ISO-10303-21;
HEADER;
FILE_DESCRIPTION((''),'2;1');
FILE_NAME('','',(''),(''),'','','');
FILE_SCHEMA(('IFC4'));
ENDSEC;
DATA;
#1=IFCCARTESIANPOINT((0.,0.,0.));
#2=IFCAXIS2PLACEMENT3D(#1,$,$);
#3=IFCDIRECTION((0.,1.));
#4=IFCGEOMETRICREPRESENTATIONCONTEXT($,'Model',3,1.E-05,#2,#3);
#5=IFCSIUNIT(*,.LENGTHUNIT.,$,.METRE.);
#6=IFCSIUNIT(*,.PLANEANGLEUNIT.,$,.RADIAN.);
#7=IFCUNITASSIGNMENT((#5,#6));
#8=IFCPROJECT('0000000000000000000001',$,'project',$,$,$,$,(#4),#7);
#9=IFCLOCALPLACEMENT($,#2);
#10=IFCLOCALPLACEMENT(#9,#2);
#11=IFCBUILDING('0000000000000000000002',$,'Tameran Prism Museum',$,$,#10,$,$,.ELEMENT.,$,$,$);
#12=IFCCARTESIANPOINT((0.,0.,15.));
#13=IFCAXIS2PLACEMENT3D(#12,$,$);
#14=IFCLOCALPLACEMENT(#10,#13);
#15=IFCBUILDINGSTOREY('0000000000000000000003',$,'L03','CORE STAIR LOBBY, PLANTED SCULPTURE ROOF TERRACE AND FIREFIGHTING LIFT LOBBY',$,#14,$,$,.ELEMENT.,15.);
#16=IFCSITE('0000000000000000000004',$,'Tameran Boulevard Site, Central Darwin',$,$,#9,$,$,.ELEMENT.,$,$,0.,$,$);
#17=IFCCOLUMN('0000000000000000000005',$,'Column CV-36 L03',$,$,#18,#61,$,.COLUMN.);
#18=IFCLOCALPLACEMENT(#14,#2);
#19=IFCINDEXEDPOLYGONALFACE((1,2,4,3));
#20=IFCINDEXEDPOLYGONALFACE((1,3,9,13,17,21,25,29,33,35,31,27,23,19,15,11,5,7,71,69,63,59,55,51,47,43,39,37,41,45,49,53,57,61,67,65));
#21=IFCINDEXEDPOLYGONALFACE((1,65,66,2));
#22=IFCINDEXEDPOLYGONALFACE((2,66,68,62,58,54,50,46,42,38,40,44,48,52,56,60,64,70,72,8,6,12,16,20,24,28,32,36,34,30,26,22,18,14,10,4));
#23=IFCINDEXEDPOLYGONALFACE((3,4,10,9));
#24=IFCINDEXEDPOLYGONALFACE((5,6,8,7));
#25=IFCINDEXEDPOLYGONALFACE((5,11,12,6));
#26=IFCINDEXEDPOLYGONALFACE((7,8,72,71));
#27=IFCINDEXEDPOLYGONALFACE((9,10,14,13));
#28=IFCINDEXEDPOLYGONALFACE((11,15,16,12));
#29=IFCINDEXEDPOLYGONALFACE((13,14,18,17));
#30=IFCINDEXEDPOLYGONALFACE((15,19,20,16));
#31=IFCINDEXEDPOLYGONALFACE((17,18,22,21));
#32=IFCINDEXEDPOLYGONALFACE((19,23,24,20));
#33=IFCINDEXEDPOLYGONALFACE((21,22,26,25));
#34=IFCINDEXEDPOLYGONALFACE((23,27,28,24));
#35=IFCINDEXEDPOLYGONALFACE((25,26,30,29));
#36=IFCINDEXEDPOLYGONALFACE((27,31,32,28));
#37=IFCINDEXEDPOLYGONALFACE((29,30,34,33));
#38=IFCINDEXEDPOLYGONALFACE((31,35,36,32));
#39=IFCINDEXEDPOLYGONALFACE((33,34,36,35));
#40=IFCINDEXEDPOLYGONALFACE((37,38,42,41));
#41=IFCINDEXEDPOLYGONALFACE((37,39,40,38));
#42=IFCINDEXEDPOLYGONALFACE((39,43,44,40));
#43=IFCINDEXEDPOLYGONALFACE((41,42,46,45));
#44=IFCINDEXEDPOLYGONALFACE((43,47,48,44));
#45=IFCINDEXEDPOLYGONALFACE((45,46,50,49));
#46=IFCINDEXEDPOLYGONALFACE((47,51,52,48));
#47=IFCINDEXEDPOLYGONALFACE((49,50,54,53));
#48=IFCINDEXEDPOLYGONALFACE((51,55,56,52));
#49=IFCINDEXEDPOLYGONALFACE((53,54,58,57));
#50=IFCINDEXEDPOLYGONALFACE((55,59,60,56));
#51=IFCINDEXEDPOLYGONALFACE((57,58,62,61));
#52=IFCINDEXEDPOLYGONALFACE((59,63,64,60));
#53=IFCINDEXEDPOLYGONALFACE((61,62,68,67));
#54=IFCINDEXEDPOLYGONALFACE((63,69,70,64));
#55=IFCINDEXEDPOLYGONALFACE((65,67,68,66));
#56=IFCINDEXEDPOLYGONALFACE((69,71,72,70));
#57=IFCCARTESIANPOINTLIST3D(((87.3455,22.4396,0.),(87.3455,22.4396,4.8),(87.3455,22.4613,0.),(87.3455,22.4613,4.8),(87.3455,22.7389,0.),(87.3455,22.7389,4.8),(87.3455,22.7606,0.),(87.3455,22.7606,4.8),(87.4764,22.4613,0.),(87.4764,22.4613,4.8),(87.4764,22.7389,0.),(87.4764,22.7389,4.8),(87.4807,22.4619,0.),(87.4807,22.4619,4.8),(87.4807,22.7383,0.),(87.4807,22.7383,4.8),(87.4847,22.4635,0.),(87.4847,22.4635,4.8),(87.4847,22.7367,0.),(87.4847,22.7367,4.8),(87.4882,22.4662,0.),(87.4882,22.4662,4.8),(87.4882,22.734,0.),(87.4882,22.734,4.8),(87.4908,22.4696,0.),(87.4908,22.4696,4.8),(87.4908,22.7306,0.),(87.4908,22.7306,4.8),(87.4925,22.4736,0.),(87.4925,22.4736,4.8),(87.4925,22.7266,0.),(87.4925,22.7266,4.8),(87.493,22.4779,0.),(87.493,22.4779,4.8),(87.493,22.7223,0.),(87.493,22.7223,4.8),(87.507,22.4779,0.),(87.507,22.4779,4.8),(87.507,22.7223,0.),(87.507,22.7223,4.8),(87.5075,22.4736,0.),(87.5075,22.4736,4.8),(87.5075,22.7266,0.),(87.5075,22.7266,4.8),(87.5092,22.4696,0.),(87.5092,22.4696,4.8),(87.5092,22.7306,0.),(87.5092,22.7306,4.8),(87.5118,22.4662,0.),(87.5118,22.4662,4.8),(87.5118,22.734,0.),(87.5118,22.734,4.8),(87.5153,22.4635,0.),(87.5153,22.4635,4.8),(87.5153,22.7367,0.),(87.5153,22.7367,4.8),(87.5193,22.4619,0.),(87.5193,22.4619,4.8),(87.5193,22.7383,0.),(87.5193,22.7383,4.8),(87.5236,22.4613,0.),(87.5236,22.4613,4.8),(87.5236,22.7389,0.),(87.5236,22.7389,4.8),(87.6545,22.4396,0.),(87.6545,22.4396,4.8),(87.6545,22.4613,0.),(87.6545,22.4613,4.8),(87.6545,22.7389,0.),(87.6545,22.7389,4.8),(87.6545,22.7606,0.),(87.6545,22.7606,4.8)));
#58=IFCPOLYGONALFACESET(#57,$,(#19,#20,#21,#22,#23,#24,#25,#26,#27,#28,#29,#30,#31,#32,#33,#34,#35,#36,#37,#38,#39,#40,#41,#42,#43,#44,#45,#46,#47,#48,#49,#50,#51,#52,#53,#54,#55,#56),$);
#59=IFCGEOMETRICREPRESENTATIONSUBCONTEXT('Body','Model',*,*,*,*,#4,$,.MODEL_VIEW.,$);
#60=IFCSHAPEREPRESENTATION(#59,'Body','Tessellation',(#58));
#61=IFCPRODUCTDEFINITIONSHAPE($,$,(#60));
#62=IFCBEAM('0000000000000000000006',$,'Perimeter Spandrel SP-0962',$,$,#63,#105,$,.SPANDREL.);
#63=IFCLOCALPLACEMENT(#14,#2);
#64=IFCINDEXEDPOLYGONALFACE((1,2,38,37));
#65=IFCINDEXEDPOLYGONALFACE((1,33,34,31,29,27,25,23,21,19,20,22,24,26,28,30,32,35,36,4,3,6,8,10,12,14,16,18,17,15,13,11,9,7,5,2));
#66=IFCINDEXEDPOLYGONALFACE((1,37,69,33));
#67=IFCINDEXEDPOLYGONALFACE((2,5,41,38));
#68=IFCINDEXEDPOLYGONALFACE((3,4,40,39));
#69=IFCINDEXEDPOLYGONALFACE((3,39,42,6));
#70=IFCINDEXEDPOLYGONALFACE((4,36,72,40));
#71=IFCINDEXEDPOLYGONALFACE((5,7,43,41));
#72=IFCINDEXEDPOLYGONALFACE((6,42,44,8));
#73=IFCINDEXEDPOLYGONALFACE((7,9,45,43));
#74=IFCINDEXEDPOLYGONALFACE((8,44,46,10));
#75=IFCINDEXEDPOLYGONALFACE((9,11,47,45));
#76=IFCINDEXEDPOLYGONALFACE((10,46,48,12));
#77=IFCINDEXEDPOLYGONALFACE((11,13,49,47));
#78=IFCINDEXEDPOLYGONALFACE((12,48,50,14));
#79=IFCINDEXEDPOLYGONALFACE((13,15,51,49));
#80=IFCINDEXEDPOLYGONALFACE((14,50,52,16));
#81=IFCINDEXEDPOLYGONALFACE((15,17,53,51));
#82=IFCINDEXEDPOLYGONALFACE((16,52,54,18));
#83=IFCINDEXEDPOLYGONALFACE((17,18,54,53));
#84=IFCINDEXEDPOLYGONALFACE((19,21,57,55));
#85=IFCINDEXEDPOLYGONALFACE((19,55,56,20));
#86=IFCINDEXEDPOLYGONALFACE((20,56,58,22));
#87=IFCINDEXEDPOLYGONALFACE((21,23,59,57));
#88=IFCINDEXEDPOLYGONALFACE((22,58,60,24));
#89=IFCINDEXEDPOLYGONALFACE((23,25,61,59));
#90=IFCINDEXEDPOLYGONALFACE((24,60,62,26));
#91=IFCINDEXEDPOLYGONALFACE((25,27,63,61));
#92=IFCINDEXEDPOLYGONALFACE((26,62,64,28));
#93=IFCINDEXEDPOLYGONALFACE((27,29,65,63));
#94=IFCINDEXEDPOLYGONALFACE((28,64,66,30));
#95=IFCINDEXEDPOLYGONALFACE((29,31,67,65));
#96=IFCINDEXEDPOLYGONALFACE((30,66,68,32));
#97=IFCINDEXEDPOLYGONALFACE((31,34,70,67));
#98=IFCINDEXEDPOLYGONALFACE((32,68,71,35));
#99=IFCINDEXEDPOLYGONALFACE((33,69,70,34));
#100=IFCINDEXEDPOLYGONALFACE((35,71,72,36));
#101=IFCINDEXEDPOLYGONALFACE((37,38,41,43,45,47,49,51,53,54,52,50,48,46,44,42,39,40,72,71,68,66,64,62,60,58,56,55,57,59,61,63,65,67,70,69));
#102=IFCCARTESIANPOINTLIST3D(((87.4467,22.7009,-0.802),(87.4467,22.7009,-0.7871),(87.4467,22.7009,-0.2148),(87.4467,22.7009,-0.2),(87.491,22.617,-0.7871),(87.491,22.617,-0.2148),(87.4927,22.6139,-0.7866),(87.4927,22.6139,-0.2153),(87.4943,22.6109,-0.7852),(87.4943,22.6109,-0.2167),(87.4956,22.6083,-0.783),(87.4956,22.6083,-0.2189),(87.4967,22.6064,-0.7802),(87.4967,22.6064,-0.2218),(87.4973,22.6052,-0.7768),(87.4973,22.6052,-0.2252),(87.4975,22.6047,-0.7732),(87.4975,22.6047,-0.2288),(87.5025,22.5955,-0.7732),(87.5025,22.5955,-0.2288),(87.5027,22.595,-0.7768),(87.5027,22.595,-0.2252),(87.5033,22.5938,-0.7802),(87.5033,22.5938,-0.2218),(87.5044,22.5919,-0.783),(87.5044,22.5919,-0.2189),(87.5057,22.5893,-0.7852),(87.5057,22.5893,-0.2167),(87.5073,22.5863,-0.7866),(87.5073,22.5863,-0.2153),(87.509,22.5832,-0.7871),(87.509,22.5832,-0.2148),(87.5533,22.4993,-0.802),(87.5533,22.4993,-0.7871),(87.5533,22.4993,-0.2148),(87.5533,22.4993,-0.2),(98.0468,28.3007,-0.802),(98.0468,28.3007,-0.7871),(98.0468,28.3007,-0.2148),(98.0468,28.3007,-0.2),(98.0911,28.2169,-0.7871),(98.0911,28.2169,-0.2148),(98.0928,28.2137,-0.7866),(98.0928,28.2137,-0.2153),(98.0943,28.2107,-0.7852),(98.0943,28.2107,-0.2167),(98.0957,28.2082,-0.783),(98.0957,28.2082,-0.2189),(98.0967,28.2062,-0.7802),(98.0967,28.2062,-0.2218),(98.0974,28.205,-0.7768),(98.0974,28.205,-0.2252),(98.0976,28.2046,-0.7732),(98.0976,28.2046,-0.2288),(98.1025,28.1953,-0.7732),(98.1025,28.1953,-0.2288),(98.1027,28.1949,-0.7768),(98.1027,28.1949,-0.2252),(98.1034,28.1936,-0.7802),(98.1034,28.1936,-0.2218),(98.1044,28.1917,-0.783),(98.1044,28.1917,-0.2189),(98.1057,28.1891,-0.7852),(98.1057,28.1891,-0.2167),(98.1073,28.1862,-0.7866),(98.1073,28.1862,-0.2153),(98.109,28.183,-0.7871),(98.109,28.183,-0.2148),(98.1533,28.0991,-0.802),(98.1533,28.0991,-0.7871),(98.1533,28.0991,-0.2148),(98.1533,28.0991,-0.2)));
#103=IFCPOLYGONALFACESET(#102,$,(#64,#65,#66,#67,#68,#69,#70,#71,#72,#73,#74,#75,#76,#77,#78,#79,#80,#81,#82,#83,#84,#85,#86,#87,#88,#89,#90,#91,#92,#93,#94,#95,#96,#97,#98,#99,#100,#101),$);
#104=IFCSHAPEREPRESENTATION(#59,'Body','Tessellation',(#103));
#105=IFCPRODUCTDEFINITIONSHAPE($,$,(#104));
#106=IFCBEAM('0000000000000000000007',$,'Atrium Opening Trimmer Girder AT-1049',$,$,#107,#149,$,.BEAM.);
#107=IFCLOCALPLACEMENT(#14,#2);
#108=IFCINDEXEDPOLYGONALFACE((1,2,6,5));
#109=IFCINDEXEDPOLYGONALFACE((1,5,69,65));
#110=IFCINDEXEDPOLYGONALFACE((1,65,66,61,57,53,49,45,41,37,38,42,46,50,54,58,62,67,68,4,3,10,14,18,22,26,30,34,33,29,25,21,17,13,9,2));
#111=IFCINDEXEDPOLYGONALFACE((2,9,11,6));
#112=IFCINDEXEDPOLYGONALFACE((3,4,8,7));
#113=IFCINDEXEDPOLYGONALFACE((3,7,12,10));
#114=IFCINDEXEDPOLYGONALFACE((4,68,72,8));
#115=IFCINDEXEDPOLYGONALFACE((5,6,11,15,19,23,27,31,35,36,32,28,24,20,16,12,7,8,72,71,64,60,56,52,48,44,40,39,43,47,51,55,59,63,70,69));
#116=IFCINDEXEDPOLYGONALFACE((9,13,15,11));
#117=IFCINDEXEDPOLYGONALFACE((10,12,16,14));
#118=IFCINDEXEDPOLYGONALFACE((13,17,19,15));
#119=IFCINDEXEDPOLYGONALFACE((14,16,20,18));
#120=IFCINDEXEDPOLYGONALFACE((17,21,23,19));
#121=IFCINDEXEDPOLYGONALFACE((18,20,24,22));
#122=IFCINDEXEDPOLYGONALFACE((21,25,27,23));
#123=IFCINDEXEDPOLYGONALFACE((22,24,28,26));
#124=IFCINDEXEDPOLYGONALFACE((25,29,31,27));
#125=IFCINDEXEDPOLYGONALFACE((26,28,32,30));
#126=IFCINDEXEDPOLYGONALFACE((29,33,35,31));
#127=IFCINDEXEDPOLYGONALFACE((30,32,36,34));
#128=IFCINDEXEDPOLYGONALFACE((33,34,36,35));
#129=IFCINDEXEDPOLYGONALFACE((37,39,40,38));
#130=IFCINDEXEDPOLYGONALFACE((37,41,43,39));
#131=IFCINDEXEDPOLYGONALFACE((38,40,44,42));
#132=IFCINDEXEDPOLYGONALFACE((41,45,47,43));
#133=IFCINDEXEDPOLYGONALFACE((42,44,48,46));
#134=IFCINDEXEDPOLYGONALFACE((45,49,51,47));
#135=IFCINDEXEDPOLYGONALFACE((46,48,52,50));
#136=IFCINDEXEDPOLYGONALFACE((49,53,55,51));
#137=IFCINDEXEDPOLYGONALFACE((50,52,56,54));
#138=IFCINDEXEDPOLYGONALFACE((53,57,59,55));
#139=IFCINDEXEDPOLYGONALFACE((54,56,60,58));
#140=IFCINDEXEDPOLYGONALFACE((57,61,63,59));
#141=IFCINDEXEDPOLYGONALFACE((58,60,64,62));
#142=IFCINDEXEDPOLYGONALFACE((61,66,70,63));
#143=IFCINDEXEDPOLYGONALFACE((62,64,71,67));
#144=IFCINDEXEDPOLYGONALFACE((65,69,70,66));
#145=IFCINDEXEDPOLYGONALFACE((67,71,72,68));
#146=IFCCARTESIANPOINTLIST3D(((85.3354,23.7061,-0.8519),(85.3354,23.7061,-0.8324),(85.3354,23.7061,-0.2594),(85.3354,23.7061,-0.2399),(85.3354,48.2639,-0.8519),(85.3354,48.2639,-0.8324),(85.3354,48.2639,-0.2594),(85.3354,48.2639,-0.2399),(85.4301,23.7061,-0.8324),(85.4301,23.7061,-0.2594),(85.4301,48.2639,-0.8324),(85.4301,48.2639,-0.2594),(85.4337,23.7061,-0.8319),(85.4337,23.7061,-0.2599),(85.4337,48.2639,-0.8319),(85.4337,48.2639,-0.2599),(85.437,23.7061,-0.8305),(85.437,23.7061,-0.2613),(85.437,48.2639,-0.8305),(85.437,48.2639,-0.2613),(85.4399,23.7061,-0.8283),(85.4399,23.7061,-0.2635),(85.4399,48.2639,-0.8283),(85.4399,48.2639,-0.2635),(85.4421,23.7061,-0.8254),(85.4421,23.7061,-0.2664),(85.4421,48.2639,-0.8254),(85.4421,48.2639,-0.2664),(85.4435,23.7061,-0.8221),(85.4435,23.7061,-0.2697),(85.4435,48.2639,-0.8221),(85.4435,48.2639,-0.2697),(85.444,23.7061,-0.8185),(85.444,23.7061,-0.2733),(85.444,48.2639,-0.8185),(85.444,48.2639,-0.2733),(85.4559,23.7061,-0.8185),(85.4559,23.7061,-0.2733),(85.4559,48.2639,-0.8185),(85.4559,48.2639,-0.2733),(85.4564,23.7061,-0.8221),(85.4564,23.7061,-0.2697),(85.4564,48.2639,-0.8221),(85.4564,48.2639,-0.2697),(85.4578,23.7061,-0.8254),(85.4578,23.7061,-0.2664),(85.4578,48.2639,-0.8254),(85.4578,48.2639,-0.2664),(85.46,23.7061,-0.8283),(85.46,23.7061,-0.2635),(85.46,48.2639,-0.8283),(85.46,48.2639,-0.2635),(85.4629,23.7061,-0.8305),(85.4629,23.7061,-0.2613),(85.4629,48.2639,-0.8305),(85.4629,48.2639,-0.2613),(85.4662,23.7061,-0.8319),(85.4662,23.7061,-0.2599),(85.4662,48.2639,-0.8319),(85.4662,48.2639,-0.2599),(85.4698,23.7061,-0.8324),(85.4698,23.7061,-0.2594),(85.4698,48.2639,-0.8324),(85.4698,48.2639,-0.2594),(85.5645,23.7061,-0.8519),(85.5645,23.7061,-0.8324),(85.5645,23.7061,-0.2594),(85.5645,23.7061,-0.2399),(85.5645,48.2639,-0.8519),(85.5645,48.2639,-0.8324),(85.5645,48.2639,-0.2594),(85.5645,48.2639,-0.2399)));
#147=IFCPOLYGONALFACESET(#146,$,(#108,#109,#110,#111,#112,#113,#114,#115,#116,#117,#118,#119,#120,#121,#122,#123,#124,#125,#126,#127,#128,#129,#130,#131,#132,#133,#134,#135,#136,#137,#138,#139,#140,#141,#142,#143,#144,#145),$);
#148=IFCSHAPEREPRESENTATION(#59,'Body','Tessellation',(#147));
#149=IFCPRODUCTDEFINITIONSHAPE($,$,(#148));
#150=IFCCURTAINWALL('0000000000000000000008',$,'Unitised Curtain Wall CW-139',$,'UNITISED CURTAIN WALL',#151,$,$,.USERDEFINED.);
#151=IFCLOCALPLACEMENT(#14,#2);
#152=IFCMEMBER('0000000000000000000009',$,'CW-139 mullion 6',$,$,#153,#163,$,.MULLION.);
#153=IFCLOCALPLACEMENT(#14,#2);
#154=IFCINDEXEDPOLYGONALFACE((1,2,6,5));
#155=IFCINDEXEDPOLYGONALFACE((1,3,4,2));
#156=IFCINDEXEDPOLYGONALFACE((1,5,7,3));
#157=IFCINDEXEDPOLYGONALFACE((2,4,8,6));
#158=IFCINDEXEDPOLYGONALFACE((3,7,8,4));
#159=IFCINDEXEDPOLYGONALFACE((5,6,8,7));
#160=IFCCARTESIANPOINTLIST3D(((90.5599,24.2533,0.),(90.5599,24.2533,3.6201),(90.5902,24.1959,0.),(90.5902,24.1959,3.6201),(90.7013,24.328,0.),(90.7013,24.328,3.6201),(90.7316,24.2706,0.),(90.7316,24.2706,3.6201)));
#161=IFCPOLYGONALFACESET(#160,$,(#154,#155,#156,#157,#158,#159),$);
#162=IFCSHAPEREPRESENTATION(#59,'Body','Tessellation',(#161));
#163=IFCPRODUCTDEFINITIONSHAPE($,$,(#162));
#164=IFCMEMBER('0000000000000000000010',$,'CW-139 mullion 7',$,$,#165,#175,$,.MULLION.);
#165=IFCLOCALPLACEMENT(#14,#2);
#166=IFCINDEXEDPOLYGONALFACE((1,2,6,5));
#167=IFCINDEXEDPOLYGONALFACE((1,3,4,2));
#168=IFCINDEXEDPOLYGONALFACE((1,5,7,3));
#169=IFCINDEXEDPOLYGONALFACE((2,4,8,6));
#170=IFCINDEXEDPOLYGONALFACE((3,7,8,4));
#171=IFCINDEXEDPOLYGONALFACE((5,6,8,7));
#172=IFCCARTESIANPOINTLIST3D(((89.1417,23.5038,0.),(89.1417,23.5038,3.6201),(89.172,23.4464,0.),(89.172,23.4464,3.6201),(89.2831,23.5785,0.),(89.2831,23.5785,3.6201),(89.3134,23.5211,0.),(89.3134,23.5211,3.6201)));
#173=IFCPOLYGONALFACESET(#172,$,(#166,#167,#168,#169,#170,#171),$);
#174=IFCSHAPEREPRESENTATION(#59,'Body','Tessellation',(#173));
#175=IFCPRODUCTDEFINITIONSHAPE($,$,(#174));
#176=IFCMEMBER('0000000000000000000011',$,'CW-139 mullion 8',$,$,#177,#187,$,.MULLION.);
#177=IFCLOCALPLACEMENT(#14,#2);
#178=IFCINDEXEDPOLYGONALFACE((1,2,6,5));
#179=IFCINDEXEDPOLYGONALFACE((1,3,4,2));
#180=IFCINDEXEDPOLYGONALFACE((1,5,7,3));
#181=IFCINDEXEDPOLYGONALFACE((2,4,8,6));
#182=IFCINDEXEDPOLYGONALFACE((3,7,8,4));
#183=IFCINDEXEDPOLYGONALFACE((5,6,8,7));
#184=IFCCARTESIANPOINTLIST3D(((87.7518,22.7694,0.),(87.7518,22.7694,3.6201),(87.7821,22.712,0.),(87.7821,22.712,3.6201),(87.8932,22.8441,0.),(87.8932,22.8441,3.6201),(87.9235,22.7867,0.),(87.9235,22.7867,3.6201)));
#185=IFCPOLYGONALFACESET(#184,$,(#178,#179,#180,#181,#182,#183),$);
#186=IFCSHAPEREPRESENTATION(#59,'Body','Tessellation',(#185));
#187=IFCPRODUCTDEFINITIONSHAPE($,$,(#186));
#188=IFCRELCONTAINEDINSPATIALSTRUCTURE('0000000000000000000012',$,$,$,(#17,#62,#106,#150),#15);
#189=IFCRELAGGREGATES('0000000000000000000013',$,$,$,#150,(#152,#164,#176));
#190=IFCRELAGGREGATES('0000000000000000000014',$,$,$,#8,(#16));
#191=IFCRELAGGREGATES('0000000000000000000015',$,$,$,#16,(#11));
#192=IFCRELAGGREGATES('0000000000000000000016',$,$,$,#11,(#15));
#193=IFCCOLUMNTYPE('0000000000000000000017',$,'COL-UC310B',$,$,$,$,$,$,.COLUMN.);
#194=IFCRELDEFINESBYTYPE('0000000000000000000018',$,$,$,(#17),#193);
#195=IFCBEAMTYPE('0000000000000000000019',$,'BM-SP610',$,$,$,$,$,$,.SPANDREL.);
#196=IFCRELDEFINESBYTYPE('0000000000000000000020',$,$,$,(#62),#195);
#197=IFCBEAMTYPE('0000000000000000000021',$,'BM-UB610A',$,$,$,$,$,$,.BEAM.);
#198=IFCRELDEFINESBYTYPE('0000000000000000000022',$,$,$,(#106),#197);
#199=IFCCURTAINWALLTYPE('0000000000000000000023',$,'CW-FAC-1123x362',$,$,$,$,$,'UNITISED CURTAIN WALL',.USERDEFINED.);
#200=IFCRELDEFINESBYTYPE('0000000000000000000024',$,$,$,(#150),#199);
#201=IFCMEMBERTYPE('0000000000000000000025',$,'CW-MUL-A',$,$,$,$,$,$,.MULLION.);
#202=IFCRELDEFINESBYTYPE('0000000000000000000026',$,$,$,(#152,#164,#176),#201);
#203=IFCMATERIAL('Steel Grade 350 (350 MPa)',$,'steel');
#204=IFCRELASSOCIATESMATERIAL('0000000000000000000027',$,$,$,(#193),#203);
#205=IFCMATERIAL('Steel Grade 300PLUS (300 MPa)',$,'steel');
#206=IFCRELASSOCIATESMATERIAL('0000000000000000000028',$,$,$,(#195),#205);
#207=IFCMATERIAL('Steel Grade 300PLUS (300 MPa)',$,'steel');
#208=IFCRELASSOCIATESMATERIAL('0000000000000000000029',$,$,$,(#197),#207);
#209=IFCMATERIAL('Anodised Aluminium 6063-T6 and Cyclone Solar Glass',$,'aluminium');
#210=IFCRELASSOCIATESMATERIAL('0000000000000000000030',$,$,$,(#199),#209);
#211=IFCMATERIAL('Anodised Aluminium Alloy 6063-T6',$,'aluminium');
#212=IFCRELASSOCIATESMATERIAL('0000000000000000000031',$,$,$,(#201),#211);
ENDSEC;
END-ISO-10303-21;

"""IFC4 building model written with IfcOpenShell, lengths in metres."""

from ifc_helpers import new_model, si_unit, direction, frame, origin, origin_2d, place, context, subcontext, project, spatial, rectangle, i_section, extrude, material, material_profile, profile_set, type_object, element, aggregate, save


model = new_model("IFC4")

# Units and contexts
model_context = context("Model", 3, precision=1e-05, world=origin(), true_north=direction((0.0, 1.0)))
body_context = subcontext(model_context, "Body", "Model", "MODEL_VIEW")
ifc_project = project(units=[si_unit("LENGTHUNIT", "METRE"), si_unit("PLANEANGLEUNIT", "RADIAN")], contexts=[model_context])

# Site, building, storey
site_placement = place(None, origin())
site = spatial("IfcSite", under=ifc_project, at=site_placement, Name="Tameran Boulevard Site, Central Darwin", CompositionType="ELEMENT", RefElevation=0.0)
building_placement = place(site_placement, origin())
building = spatial("IfcBuilding", under=site, at=building_placement, Name="Tameran Prism Museum", CompositionType="ELEMENT")
storey_placement = place(building_placement, frame((0.0, 0.0, 15.0)))
storey = spatial("IfcBuildingStorey", under=building, at=storey_placement, Name="L03", Description="CORE STAIR LOBBY, PLANTED SCULPTURE ROOF TERRACE AND FIREFIGHTING LIFT LOBBY", CompositionType="ELEMENT", Elevation=15.0)

# Column
ifc_material_1 = material(Name="Steel Grade 350 (350 MPa)", Category="steel")
ifc_material_profile_1 = material_profile(ifc_material_1, i_section(OverallWidth=0.3091, OverallDepth=0.321, WebThickness=0.0139, FlangeThickness=0.0217, FilletRadius=0.0166, at=origin_2d()))
ifc_profile_set_1 = profile_set([ifc_material_profile_1])
column_type = type_object("IfcColumnType", Name="COL-UC310B", PredefinedType="COLUMN", material=ifc_profile_set_1)
column_placement = place(storey_placement, frame((87.5, 22.6001, 0.0), z_axis=(0.0, 0.0, 1.0), x_axis=(1.0, 0.0, 0.0)))
element("IfcColumn", 1, at=column_placement, inside=storey, type_object=column_type, Name="Column CV-36 L03", PredefinedType="COLUMN", context=body_context, shape_type="SweptSolid", body=[
    extrude(i_section(OverallWidth=0.3091, OverallDepth=0.321, WebThickness=0.0139, FlangeThickness=0.0217, FilletRadius=0.0166, at=origin_2d()), origin(), (0.0, 0.0, 1.0), 4.8),
])

# Beams
ifc_material_2 = material(Name="Steel Grade 300PLUS (300 MPa)", Category="steel")
ifc_material_profile_2 = material_profile(ifc_material_2, i_section(OverallWidth=0.228, OverallDepth=0.6021, WebThickness=0.0105, FlangeThickness=0.0149, FilletRadius=0.0139, at=origin_2d()))
ifc_profile_set_2 = profile_set([ifc_material_profile_2])
beam_type_1 = type_object("IfcBeamType", Name="BM-SP610", PredefinedType="SPANDREL", material=ifc_profile_set_2)
beam_1_placement = place(storey_placement, frame((87.5, 22.6001, -0.501), z_axis=(0.8842, 0.467108, 0.0), x_axis=(-0.467108, 0.8842, 0.0)))
element("IfcBeam", 2, at=beam_1_placement, inside=storey, type_object=beam_type_1, Name="Perimeter Spandrel SP-0962", PredefinedType="SPANDREL", context=body_context, shape_type="SweptSolid", body=[
    extrude(i_section(OverallWidth=0.228, OverallDepth=0.6021, WebThickness=0.0105, FlangeThickness=0.0149, FilletRadius=0.0139, at=origin_2d()), origin(), (0.0, 0.0, 1.0), 11.9883),
])
ifc_material_3 = material(Name="Steel Grade 300PLUS (300 MPa)", Category="steel")
ifc_material_profile_3 = material_profile(ifc_material_3, i_section(OverallWidth=0.229, OverallDepth=0.6121, WebThickness=0.012, FlangeThickness=0.0195, FilletRadius=0.0139, at=origin_2d()))
ifc_profile_set_3 = profile_set([ifc_material_profile_3])
beam_type_2 = type_object("IfcBeamType", Name="BM-UB610A", PredefinedType="BEAM", material=ifc_profile_set_3)
beam_2_placement = place(storey_placement, frame((85.45, 23.7061, -0.5459), z_axis=(0.0, 1.0, 0.0), x_axis=(-1.0, 0.0, 0.0)))
element("IfcBeam", 3, at=beam_2_placement, inside=storey, type_object=beam_type_2, Name="Atrium Opening Trimmer Girder AT-1049", PredefinedType="BEAM", context=body_context, shape_type="SweptSolid", body=[
    extrude(i_section(OverallWidth=0.229, OverallDepth=0.6121, WebThickness=0.012, FlangeThickness=0.0195, FilletRadius=0.0139, at=origin_2d()), origin(), (0.0, 0.0, 1.0), 24.5579),
])

# Curtain wall, members
ifc_material_4 = material(Name="Anodised Aluminium 6063-T6 and Cyclone Solar Glass", Category="aluminium")
curtain_wall_type_1 = type_object("IfcCurtainWallType", Name="CW-FAC-1123x362", ElementType="UNITISED CURTAIN WALL", PredefinedType="USERDEFINED", material=ifc_material_4)
curtain_wall_1_placement = place(storey_placement, origin())
curtain_wall_1 = element("IfcCurtainWall", 4, at=curtain_wall_1_placement, inside=storey, type_object=curtain_wall_type_1, Name="Unitised Curtain Wall CW-139", ObjectType="UNITISED CURTAIN WALL", PredefinedType="USERDEFINED")
ifc_material_5 = material(Name="Anodised Aluminium Alloy 6063-T6", Category="aluminium")
ifc_material_profile_4 = material_profile(ifc_material_5, rectangle(XDim=0.0649, YDim=0.1599, at=origin_2d()))
ifc_profile_set_4 = profile_set([ifc_material_profile_4])
member_type_1 = type_object("IfcMemberType", Name="CW-MUL-A", PredefinedType="MULLION", material=ifc_profile_set_4)
member_1_placement = place(storey_placement, frame((90.6458, 24.262, 0.0), z_axis=(0.0, 0.0, 1.0), x_axis=(0.467155, -0.884175, 0.0)))
member_1 = element("IfcMember", 5, at=member_1_placement, type_object=member_type_1, Name="CW-139 mullion 6", PredefinedType="MULLION", context=body_context, shape_type="SweptSolid", body=[
    extrude(rectangle(XDim=0.0649, YDim=0.1599, at=origin_2d()), origin(), (0.0, 0.0, 1.0), 3.6201),
])
member_2_placement = place(storey_placement, frame((89.2275, 23.5125, 0.0), z_axis=(0.0, 0.0, 1.0), x_axis=(0.467155, -0.884175, 0.0)))
member_2 = element("IfcMember", 6, at=member_2_placement, type_object=member_type_1, Name="CW-139 mullion 7", PredefinedType="MULLION", context=body_context, shape_type="SweptSolid", body=[
    extrude(rectangle(XDim=0.0649, YDim=0.1599, at=origin_2d()), origin(), (0.0, 0.0, 1.0), 3.6201),
])
member_3_placement = place(storey_placement, frame((87.8376, 22.7781, 0.0), z_axis=(0.0, 0.0, 1.0), x_axis=(0.467155, -0.884175, 0.0)))
member_3 = element("IfcMember", 7, at=member_3_placement, type_object=member_type_1, Name="CW-139 mullion 8", PredefinedType="MULLION", context=body_context, shape_type="SweptSolid", body=[
    extrude(rectangle(XDim=0.0649, YDim=0.1599, at=origin_2d()), origin(), (0.0, 0.0, 1.0), 3.6201),
])

aggregate(curtain_wall_1, [member_1, member_2, member_3])

save(model, "model.ifc")
